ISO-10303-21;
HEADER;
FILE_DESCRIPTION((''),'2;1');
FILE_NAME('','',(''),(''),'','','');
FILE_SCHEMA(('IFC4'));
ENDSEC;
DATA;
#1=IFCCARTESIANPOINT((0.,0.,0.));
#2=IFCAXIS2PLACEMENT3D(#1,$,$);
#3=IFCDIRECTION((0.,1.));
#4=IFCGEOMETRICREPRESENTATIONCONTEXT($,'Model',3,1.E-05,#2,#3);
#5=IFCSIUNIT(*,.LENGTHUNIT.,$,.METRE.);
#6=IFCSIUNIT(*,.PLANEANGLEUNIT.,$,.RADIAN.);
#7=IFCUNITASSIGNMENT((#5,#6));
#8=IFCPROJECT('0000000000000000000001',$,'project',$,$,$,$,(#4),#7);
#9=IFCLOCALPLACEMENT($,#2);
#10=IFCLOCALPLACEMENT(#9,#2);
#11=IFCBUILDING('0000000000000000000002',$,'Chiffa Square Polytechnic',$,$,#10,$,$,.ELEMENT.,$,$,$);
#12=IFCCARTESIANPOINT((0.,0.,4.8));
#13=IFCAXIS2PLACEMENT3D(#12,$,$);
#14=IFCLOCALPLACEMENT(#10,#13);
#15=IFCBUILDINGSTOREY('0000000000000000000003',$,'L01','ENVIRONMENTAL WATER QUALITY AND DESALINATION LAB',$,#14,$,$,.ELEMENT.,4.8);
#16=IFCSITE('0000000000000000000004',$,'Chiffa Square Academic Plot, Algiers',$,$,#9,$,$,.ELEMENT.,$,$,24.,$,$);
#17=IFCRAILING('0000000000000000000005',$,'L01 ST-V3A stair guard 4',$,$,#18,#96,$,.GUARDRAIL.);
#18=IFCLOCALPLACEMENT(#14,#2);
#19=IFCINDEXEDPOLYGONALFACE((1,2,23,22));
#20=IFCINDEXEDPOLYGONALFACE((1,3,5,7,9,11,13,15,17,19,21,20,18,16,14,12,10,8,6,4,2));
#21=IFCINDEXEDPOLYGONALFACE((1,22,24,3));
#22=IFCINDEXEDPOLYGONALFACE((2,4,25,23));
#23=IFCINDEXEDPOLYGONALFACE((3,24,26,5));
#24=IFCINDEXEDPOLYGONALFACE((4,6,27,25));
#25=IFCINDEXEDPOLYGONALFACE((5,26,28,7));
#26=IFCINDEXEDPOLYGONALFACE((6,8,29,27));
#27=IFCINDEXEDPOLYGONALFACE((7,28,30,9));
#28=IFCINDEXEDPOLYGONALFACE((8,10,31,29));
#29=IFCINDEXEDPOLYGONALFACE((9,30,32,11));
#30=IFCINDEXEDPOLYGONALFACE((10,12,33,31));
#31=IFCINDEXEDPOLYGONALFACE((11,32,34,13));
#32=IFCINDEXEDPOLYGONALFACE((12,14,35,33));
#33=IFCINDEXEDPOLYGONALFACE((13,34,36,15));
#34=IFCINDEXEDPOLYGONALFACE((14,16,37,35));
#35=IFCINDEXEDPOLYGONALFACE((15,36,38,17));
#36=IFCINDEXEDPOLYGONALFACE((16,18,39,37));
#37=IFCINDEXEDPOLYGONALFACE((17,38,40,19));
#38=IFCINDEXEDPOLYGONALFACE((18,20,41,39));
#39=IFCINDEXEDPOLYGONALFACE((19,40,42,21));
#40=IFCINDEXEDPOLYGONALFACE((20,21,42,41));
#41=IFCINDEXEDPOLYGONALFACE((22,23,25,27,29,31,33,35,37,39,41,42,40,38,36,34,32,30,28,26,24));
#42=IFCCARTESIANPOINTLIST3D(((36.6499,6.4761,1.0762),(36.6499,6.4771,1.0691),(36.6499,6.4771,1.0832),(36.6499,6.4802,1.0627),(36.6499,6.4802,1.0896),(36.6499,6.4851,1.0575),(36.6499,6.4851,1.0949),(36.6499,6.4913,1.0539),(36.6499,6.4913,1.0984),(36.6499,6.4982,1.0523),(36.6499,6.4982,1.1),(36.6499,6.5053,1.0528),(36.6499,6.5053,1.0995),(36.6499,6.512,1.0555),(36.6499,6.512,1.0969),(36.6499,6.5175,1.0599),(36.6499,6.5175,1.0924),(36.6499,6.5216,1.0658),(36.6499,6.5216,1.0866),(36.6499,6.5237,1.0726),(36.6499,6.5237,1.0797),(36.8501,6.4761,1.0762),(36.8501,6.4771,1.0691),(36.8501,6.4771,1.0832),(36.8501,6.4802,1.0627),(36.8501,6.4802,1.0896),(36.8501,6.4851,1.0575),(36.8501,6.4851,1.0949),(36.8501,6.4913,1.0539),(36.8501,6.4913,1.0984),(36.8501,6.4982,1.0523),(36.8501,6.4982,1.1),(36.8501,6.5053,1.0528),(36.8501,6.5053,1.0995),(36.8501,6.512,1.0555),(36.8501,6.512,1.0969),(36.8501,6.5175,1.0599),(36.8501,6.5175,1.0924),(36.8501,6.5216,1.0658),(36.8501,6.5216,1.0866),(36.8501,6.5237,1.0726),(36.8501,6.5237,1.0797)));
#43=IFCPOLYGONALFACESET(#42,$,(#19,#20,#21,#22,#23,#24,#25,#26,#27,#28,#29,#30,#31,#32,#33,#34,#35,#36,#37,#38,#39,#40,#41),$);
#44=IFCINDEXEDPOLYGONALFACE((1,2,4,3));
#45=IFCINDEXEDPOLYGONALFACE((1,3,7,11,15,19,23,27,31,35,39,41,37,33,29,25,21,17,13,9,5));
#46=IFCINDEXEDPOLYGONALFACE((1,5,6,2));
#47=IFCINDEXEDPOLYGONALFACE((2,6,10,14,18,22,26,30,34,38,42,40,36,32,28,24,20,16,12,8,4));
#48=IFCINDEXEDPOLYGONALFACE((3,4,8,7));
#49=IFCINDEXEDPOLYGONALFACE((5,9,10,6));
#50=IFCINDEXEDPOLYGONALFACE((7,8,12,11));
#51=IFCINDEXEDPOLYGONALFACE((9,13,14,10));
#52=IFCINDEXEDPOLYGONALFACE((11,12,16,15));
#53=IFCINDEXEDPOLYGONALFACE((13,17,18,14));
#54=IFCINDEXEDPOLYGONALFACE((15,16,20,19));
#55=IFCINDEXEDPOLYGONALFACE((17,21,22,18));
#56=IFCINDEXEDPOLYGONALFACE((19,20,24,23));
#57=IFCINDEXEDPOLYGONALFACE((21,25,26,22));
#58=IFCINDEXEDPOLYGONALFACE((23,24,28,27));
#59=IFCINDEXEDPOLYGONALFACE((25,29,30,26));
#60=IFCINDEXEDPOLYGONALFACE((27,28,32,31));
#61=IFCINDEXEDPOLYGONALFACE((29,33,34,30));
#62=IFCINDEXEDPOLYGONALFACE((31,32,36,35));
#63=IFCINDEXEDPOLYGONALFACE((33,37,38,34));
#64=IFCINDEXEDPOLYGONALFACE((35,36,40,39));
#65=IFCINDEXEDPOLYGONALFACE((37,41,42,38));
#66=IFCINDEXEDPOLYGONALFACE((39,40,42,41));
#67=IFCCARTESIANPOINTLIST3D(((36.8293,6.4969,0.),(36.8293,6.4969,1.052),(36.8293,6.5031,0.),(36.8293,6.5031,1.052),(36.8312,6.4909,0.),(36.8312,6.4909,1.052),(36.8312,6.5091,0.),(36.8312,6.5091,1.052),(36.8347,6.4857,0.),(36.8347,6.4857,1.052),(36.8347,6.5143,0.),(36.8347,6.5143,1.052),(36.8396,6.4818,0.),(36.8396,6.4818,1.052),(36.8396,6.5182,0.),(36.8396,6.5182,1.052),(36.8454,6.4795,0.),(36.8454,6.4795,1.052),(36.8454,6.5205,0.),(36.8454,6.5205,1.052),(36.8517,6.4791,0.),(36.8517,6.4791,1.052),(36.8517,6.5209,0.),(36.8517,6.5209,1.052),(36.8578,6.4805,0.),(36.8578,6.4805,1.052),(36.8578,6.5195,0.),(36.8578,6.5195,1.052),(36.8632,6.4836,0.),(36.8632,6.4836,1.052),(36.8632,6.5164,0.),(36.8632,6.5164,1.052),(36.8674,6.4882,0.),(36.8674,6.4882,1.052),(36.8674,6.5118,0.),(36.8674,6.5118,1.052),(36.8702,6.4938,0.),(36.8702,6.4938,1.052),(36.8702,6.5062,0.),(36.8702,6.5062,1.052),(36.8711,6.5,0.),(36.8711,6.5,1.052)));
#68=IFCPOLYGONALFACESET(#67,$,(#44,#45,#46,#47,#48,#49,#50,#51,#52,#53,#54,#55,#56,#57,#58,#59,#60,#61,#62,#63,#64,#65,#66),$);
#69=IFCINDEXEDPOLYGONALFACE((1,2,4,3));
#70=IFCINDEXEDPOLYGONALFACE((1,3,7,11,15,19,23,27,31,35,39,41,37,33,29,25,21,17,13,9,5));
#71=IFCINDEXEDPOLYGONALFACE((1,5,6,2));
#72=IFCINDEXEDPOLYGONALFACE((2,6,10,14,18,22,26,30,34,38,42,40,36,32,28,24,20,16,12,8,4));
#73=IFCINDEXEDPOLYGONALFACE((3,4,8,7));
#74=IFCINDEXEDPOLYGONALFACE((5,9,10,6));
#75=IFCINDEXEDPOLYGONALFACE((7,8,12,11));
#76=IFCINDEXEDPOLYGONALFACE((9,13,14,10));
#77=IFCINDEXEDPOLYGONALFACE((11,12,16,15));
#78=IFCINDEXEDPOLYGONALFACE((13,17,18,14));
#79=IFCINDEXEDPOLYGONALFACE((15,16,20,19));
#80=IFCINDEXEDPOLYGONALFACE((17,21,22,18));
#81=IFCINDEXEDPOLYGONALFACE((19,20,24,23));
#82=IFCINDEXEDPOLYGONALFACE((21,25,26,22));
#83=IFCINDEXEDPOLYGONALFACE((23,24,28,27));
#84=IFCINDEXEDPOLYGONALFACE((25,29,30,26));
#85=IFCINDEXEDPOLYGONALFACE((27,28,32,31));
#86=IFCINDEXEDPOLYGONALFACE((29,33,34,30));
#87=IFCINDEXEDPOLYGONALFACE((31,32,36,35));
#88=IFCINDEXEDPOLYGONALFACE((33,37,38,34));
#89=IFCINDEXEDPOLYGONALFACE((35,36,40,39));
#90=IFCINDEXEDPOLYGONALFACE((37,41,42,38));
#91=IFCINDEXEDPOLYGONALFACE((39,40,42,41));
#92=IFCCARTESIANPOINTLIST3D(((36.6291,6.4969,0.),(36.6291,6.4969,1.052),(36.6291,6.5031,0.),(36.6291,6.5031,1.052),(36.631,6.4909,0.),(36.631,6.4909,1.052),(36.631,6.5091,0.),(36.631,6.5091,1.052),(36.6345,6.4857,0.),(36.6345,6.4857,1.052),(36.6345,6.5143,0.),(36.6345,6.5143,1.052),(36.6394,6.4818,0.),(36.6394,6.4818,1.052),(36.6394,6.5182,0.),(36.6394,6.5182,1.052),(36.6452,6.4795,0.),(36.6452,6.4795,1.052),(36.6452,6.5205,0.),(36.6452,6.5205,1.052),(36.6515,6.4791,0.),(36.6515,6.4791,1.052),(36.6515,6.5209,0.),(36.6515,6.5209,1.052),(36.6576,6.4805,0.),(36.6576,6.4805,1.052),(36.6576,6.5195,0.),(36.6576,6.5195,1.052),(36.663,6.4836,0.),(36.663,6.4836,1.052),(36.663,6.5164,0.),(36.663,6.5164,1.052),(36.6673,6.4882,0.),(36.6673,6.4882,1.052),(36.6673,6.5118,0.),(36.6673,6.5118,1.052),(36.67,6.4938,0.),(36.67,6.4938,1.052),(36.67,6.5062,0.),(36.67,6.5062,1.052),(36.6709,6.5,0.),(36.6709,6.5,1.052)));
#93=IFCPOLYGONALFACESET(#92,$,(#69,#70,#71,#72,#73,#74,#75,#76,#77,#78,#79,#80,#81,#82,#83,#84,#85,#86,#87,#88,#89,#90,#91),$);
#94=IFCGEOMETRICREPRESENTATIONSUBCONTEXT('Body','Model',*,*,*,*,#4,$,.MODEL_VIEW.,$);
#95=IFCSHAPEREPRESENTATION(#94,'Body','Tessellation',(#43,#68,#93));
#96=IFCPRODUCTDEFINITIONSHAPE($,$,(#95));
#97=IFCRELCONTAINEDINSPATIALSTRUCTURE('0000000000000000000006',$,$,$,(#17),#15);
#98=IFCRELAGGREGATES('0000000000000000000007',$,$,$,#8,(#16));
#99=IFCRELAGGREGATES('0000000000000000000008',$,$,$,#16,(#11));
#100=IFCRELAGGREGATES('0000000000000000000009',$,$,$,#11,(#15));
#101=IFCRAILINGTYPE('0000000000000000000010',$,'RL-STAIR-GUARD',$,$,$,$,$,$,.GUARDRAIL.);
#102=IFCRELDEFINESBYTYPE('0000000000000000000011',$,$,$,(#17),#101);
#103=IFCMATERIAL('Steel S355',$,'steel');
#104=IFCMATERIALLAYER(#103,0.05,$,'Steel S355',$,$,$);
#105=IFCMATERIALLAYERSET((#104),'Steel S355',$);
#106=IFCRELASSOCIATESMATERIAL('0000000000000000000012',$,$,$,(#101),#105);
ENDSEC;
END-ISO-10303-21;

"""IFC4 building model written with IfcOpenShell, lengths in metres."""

from ifc_helpers import new_model, si_unit, direction, frame, origin, origin_2d, place, context, subcontext, project, spatial, circle, extrude, material, layer, layer_set, type_object, element, save


model = new_model("IFC4")

# Units and contexts
model_context = context("Model", 3, precision=1e-05, world=origin(), true_north=direction((0.0, 1.0)))
body_context = subcontext(model_context, "Body", "Model", "MODEL_VIEW")
ifc_project = project(units=[si_unit("LENGTHUNIT", "METRE"), si_unit("PLANEANGLEUNIT", "RADIAN")], contexts=[model_context])

# Site, building, storey
site_placement = place(None, origin())
site = spatial("IfcSite", under=ifc_project, at=site_placement, Name="Chiffa Square Academic Plot, Algiers", CompositionType="ELEMENT", RefElevation=24.0)
building_placement = place(site_placement, origin())
building = spatial("IfcBuilding", under=site, at=building_placement, Name="Chiffa Square Polytechnic", CompositionType="ELEMENT")
storey_placement = place(building_placement, frame((0.0, 0.0, 4.8)))
storey = spatial("IfcBuildingStorey", under=building, at=storey_placement, Name="L01", Description="ENVIRONMENTAL WATER QUALITY AND DESALINATION LAB", CompositionType="ELEMENT", Elevation=4.8)

# Railing
ifc_material_1 = material(Name="Steel S355", Category="steel")
ifc_layer_1 = layer(ifc_material_1, 0.05, Name="Steel S355")
ifc_layer_set_1 = layer_set([ifc_layer_1], Name="Steel S355")
railing_type_1 = type_object("IfcRailingType", Name="RL-STAIR-GUARD", PredefinedType="GUARDRAIL", material=ifc_layer_set_1)
railing_1_placement = place(storey_placement, frame((36.8501, 6.5, 0.0)))
element("IfcRailing", 1, at=railing_1_placement, inside=storey, type_object=railing_type_1, Name="L01 ST-V3A stair guard 4", PredefinedType="GUARDRAIL", context=body_context, shape_type="SweptSolid", body=[
    extrude(circle(Radius=0.0239, at=origin_2d()), frame((0.0, 0.0, 1.0762), z_axis=(-1.0, 0.0, 0.0), x_axis=(0.0, -1.0, 0.0)), (0.0, 0.0, 1.0), 0.2002),
    extrude(circle(Radius=0.021, at=origin_2d()), origin(), (0.0, 0.0, 1.0), 1.052),
    extrude(circle(Radius=0.021, at=origin_2d()), frame((-0.2002, 0.0, 0.0)), (0.0, 0.0, 1.0), 1.052),
])

save(model, "model.ifc")
